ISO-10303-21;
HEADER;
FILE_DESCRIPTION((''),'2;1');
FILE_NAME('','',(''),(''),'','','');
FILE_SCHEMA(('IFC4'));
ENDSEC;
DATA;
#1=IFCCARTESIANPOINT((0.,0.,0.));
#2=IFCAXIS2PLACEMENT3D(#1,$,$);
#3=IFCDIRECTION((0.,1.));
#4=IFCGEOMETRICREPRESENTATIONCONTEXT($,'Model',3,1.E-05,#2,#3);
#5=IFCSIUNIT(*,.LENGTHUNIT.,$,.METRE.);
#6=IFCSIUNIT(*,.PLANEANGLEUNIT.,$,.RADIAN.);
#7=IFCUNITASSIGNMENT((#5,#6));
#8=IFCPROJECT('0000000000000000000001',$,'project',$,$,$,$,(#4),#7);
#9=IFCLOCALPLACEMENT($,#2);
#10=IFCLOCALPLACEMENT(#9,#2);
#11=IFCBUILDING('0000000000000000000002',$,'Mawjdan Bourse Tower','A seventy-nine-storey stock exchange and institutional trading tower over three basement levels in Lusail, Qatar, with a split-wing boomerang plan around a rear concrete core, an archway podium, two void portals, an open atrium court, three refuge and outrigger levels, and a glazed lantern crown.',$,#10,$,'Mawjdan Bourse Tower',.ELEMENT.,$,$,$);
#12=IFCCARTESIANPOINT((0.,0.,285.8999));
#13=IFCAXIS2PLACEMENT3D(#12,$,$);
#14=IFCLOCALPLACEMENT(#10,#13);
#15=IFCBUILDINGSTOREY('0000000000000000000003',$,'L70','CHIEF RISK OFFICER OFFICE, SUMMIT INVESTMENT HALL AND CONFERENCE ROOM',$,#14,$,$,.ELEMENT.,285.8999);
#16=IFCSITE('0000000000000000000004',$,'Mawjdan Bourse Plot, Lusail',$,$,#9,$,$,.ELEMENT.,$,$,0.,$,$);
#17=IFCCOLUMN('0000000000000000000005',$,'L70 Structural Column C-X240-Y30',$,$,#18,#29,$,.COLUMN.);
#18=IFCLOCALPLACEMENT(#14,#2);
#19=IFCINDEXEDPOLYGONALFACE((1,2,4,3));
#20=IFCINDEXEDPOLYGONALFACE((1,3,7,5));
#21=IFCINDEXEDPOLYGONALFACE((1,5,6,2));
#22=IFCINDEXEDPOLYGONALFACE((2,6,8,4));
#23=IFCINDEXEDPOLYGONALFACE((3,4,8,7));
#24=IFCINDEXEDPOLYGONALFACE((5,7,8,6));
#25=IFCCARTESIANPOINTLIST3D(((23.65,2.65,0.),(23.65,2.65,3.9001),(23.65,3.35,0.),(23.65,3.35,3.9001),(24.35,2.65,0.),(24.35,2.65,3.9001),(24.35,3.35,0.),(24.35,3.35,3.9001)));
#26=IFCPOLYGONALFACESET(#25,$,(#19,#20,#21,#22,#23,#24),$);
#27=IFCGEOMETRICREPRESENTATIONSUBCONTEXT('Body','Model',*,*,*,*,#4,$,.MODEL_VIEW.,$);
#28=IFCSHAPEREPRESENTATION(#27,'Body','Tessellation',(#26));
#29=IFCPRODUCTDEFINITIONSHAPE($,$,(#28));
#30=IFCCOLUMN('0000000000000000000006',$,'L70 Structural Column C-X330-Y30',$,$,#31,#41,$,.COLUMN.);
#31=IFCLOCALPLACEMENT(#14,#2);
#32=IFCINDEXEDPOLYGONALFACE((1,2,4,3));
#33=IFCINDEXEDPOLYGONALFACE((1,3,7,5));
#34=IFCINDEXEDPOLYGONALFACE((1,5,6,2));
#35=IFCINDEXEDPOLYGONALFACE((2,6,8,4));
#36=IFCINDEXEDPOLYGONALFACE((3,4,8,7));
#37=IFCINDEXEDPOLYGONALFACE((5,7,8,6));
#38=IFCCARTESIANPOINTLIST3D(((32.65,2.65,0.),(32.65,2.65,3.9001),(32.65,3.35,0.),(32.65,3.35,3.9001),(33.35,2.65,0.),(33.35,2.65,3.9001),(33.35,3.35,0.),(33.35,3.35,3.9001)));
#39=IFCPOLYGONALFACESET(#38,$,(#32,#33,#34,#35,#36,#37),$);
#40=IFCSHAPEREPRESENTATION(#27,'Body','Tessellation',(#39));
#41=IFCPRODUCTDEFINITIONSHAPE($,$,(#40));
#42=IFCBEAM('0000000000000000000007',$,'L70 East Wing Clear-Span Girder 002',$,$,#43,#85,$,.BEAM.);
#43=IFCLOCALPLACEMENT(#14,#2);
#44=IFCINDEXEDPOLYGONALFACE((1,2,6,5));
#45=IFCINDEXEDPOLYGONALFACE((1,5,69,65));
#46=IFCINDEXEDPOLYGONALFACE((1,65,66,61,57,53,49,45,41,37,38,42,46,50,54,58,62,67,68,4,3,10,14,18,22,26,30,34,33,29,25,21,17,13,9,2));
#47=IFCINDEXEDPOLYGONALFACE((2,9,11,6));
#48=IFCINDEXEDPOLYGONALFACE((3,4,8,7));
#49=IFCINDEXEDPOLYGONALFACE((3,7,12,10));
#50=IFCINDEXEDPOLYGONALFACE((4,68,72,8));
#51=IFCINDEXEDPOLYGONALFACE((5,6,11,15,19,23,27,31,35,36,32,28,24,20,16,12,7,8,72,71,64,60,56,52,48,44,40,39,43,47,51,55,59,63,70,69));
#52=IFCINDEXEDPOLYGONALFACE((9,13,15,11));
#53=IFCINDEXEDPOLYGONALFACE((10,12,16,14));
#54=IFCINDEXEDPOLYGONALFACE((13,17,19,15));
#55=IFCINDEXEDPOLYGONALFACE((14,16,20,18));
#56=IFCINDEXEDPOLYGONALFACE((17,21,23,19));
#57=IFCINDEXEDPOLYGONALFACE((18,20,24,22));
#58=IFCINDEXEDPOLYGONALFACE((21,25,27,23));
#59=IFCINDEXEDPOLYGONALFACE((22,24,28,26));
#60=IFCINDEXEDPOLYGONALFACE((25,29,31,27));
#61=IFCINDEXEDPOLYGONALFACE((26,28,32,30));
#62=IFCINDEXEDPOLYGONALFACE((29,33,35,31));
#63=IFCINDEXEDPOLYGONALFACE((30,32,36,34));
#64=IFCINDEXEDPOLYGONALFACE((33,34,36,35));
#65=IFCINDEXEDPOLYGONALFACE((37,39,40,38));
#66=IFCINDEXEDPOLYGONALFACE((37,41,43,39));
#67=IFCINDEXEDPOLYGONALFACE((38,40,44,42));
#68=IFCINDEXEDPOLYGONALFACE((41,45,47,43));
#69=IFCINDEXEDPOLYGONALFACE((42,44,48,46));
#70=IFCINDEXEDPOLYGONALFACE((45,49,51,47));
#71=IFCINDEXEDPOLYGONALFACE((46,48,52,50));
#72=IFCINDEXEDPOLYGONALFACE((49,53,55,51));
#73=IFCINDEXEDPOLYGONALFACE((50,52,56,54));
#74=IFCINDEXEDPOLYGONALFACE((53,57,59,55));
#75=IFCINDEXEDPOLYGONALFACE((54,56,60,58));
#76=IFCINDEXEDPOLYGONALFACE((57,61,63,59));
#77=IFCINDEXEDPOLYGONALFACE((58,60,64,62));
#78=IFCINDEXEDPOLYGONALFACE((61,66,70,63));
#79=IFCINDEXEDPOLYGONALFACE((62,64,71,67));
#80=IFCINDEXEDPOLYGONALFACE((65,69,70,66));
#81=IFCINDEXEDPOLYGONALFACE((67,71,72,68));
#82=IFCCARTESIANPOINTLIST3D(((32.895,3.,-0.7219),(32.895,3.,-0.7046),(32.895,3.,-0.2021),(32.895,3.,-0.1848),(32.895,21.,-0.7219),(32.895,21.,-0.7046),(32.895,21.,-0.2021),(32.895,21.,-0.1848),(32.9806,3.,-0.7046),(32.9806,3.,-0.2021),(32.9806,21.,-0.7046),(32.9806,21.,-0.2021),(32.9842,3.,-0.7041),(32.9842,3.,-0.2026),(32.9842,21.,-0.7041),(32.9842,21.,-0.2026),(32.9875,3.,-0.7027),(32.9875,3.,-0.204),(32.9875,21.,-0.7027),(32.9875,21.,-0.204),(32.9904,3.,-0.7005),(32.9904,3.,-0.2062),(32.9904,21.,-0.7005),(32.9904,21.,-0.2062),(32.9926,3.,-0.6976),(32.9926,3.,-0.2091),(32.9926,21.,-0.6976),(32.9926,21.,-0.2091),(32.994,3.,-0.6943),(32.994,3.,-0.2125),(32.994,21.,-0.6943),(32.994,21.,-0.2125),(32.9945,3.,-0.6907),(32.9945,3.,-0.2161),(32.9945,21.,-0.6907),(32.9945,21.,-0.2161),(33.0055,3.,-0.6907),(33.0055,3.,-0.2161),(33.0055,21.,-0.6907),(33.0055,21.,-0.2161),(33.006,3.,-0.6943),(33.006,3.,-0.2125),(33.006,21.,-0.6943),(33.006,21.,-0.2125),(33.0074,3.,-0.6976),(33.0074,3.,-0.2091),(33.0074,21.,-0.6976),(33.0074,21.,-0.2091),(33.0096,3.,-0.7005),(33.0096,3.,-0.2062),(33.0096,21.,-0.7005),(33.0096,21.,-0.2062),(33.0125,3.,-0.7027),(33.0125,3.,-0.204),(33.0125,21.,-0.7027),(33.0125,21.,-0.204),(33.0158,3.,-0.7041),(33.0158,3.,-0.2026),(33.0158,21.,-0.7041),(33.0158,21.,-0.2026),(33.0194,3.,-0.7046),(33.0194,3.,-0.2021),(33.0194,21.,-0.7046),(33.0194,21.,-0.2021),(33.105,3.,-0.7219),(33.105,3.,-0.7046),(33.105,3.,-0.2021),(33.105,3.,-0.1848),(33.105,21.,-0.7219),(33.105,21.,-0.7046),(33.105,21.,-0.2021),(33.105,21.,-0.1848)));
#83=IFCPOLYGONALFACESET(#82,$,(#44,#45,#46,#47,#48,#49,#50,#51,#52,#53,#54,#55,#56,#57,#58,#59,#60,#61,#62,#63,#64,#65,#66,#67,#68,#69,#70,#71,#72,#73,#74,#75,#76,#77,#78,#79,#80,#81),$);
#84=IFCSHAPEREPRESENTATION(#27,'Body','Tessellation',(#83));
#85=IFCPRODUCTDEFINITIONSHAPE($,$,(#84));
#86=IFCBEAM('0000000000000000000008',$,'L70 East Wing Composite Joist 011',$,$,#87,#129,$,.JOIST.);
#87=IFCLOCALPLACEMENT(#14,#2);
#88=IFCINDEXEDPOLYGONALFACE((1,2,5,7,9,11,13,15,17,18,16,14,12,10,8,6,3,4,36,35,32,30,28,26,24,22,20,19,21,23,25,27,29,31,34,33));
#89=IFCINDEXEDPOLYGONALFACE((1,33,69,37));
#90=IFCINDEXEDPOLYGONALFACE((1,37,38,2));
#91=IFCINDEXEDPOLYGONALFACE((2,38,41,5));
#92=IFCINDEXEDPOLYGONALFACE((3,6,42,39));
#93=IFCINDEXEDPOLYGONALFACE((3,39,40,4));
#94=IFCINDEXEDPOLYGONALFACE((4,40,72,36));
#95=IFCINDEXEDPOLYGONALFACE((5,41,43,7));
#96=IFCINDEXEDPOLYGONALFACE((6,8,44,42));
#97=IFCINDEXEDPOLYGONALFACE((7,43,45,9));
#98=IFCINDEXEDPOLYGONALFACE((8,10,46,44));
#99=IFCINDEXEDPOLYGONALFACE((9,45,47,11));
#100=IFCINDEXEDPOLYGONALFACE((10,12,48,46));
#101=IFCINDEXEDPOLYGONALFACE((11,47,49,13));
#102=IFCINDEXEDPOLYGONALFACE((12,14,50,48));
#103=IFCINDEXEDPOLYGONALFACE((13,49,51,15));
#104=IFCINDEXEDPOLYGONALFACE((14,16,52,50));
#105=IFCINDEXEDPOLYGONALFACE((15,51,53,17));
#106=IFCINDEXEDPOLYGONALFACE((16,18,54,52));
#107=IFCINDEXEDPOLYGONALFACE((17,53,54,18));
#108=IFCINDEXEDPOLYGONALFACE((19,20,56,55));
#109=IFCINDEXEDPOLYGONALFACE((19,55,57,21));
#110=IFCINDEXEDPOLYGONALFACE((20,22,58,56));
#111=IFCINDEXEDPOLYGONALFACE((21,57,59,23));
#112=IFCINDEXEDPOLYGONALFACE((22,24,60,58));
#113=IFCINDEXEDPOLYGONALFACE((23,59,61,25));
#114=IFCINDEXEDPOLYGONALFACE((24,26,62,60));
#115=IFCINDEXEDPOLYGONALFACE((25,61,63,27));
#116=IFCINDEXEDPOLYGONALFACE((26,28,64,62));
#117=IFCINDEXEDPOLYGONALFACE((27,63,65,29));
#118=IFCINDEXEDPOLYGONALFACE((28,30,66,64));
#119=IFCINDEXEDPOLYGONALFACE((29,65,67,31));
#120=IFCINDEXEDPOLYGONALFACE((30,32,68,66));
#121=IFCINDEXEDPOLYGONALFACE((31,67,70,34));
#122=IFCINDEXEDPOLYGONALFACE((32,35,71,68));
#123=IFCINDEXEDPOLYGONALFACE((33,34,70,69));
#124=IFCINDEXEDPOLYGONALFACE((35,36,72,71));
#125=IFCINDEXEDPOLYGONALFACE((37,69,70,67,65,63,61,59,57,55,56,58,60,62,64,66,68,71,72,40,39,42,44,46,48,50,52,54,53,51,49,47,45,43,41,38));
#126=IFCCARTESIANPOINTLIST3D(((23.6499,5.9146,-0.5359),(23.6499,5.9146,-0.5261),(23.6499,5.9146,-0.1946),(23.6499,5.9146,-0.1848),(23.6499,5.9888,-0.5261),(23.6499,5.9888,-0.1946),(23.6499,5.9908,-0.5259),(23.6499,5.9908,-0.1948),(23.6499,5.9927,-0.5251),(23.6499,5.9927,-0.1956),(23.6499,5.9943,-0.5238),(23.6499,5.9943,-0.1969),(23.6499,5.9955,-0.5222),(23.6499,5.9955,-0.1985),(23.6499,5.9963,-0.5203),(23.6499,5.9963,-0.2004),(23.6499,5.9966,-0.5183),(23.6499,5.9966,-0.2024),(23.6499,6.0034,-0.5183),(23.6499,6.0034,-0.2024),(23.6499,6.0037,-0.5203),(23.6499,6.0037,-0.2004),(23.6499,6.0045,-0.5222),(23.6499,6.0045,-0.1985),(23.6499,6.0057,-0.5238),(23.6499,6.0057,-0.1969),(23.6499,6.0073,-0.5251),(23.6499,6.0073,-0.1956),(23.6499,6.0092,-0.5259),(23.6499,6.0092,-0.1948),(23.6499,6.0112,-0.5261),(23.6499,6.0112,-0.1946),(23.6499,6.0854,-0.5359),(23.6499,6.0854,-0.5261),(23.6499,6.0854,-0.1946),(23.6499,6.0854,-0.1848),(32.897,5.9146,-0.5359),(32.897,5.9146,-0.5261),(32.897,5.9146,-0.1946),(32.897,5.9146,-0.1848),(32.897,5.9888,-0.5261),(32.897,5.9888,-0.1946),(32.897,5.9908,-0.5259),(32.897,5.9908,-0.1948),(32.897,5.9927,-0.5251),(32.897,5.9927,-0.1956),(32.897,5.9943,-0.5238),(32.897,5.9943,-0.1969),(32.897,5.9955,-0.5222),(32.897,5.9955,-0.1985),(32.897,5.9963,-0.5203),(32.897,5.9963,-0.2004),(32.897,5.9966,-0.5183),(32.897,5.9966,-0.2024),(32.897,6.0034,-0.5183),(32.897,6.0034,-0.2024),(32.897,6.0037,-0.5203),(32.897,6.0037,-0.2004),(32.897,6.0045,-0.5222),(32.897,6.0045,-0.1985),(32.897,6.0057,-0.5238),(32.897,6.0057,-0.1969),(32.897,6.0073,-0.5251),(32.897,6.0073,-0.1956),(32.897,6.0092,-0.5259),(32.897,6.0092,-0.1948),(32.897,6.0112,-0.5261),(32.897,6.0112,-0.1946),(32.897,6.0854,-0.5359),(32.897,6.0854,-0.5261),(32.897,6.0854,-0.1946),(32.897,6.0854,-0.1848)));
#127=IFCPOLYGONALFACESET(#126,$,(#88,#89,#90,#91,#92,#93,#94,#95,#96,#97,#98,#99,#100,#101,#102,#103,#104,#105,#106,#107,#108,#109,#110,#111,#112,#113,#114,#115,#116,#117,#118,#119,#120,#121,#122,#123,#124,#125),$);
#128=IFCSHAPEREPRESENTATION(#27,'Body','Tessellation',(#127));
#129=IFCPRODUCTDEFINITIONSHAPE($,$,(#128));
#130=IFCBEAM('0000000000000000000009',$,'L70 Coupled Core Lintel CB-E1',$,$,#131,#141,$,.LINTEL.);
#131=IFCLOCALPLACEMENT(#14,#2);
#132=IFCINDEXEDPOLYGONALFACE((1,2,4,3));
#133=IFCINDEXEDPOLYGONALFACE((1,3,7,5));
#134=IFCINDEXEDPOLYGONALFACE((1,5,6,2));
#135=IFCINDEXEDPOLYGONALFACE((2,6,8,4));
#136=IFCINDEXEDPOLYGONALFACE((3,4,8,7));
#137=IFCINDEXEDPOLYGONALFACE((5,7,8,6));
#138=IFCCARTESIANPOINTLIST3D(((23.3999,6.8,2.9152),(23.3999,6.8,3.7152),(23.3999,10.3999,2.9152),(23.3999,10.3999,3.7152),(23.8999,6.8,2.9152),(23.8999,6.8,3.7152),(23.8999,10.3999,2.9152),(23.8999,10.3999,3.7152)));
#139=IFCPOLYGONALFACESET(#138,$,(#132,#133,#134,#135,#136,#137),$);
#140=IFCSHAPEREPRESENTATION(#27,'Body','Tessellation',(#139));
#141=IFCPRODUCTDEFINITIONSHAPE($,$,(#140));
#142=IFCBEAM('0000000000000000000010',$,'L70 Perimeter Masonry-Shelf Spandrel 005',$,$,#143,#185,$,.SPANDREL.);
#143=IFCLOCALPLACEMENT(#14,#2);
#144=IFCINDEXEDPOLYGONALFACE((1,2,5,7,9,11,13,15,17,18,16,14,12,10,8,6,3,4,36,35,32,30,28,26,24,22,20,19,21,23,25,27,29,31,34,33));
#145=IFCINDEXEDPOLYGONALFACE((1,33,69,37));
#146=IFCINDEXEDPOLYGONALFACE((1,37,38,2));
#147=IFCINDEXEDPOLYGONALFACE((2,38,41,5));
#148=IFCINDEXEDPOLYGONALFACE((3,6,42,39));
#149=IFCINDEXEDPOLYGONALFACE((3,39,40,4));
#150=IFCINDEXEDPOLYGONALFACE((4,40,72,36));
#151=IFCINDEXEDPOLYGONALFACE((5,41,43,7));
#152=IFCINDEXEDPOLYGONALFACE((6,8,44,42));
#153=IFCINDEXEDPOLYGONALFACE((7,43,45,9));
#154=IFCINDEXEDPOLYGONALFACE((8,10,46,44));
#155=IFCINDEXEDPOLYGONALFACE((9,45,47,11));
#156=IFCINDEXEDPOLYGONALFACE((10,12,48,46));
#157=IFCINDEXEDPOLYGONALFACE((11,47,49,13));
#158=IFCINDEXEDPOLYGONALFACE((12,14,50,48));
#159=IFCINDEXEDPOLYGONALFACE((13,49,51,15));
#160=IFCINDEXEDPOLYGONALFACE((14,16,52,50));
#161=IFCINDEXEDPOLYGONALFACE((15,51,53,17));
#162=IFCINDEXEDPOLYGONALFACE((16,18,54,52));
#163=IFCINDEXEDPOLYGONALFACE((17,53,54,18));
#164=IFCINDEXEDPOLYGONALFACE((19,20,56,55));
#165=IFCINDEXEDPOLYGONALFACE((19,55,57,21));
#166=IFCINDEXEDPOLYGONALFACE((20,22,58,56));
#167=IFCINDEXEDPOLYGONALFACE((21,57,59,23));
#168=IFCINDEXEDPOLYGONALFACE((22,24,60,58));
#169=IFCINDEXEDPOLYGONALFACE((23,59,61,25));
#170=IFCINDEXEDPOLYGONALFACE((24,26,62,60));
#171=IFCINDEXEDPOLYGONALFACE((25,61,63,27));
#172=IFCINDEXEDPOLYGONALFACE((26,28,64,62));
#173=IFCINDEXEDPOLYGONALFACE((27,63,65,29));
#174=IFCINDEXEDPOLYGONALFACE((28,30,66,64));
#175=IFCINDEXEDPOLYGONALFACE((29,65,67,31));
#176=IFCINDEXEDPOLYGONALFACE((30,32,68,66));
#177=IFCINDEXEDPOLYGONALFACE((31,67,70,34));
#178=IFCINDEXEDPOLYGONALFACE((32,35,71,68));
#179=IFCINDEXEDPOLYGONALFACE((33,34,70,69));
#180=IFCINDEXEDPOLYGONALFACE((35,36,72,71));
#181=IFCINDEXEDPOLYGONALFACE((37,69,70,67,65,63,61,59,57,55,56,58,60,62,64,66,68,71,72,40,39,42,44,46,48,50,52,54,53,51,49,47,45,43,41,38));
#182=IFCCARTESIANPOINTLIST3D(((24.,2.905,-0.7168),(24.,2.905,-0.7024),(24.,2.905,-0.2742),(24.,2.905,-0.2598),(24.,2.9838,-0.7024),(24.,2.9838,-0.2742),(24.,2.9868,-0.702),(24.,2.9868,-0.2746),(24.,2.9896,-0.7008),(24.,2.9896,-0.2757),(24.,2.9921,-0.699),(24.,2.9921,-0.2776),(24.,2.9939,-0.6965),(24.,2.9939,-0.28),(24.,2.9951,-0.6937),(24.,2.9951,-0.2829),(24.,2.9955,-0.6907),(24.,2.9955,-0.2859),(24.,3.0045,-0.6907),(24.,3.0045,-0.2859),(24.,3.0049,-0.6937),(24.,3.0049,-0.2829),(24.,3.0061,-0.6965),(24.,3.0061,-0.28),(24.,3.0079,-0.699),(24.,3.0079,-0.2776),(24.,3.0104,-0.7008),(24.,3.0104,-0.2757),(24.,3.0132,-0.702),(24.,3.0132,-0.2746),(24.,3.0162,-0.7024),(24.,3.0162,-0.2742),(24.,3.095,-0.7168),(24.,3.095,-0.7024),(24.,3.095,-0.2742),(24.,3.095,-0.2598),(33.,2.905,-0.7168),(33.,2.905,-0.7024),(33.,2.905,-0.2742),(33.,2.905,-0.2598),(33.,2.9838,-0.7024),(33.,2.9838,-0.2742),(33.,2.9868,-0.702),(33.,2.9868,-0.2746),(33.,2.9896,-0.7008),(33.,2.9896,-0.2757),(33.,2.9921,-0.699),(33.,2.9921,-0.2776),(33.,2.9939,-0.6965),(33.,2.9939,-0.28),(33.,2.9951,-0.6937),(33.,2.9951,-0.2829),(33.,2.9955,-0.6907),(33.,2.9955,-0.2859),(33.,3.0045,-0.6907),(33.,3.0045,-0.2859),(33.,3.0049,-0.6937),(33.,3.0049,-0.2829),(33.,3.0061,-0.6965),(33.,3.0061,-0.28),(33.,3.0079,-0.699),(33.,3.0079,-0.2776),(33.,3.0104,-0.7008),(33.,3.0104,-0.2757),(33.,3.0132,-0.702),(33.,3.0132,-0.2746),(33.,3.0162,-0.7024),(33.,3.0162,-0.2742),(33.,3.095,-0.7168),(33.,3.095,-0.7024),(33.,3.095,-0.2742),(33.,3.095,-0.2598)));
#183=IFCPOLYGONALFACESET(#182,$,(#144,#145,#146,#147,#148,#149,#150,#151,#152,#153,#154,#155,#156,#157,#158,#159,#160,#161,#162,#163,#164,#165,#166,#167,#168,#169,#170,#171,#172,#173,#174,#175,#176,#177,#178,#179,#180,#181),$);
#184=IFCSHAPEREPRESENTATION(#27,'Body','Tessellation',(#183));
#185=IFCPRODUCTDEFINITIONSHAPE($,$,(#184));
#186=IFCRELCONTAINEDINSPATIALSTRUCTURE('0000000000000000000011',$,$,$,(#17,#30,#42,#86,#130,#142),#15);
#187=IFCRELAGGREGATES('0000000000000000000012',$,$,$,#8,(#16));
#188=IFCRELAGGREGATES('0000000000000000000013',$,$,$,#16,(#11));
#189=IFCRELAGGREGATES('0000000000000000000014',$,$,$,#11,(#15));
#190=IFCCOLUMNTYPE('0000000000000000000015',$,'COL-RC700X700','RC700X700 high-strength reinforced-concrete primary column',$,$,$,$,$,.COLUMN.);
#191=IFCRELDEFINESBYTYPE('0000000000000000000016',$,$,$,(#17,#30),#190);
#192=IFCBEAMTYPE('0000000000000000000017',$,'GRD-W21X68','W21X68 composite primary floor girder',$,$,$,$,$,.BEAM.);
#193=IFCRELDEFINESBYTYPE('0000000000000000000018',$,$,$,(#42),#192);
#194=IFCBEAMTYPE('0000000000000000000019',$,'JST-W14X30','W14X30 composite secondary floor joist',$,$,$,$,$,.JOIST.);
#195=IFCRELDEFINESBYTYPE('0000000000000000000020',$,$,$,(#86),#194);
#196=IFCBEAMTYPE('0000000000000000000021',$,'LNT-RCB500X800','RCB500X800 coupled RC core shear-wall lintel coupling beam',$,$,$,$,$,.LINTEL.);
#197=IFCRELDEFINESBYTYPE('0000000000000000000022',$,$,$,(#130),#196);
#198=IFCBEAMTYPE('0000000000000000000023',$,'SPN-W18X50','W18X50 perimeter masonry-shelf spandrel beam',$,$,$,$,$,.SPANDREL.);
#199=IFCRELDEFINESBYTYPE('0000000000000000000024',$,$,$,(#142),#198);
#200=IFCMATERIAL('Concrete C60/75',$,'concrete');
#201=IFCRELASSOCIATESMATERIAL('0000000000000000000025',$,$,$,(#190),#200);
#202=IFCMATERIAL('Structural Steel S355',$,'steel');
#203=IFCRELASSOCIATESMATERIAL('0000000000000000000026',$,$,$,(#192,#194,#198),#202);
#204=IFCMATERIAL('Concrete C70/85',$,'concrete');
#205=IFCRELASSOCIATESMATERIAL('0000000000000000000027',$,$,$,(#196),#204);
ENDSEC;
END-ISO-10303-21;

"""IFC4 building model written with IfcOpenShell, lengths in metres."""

from ifc_helpers import new_model, si_unit, direction, frame, origin, origin_2d, place, context, subcontext, project, spatial, rectangle, i_section, extrude, material, material_profile, profile_set, type_object, element, save


model = new_model("IFC4")

# Units and contexts
model_context = context("Model", 3, precision=1e-05, world=origin(), true_north=direction((0.0, 1.0)))
body_context = subcontext(model_context, "Body", "Model", "MODEL_VIEW")
ifc_project = project(units=[si_unit("LENGTHUNIT", "METRE"), si_unit("PLANEANGLEUNIT", "RADIAN")], contexts=[model_context])

# Site, building, storey
site_placement = place(None, origin())
site = spatial("IfcSite", under=ifc_project, at=site_placement, Name="Mawjdan Bourse Plot, Lusail", CompositionType="ELEMENT", RefElevation=0.0)
building_placement = place(site_placement, origin())
building = spatial("IfcBuilding", under=site, at=building_placement, Name="Mawjdan Bourse Tower", Description="A seventy-nine-storey stock exchange and institutional trading tower over three basement levels in Lusail, Qatar, with a split-wing boomerang plan around a rear concrete core, an archway podium, two void portals, an open atrium court, three refuge and outrigger levels, and a glazed lantern crown.", LongName="Mawjdan Bourse Tower", CompositionType="ELEMENT")
storey_placement = place(building_placement, frame((0.0, 0.0, 285.8999)))
storey = spatial("IfcBuildingStorey", under=building, at=storey_placement, Name="L70", Description="CHIEF RISK OFFICER OFFICE, SUMMIT INVESTMENT HALL AND CONFERENCE ROOM", CompositionType="ELEMENT", Elevation=285.8999)

# Columns
ifc_material_1 = material(Name="Concrete C60/75", Category="concrete")
ifc_material_profile_1 = material_profile(ifc_material_1, rectangle(XDim=0.7, YDim=0.7, at=origin_2d()), Name="RC700X700")
ifc_profile_set_1 = profile_set([ifc_material_profile_1], Name="Concrete C60/75")
column_type = type_object("IfcColumnType", Name="COL-RC700X700", Description="RC700X700 high-strength reinforced-concrete primary column", PredefinedType="COLUMN", material=ifc_profile_set_1)
for number, where, z_axis, x_axis, name in (
    (1, (24.0, 3.0, 0.0), (0.0, 0.0, 1.0), (1.0, 0.0, 0.0), "L70 Structural Column C-X240-Y30"),
    (2, (33.0, 3.0, 0.0), (0.0, 0.0, 1.0), (1.0, 0.0, 0.0), "L70 Structural Column C-X330-Y30"),
):
    element("IfcColumn", number, at=place(storey_placement, frame(where, z_axis=z_axis, x_axis=x_axis)), inside=storey, type_object=column_type, Name=name, PredefinedType="COLUMN", context=body_context, shape_type="SweptSolid", body=[
        extrude(rectangle(XDim=0.7, YDim=0.7, at=origin_2d()), origin(), (0.0, 0.0, 1.0), 3.9001),
    ])

# Beams
ifc_material_2 = material(Name="Structural Steel S355", Category="steel")
ifc_material_profile_2 = material_profile(ifc_material_2, i_section(OverallWidth=0.21, OverallDepth=0.5371, WebThickness=0.011, FlangeThickness=0.0173, FilletRadius=0.0139, at=origin_2d()), Name="W21X68")
ifc_profile_set_2 = profile_set([ifc_material_profile_2], Name="Structural Steel S355")
beam_type_1 = type_object("IfcBeamType", Name="GRD-W21X68", Description="W21X68 composite primary floor girder", PredefinedType="BEAM", material=ifc_profile_set_2)
beam_1_placement = place(storey_placement, frame((33.0, 3.0, -0.4534), z_axis=(0.0, 1.0, 0.0), x_axis=(-1.0, 0.0, 0.0)))
element("IfcBeam", 3, at=beam_1_placement, inside=storey, type_object=beam_type_1, Name="L70 East Wing Clear-Span Girder 002", PredefinedType="BEAM", context=body_context, shape_type="SweptSolid", body=[
    extrude(i_section(OverallWidth=0.21, OverallDepth=0.5371, WebThickness=0.011, FlangeThickness=0.0173, FilletRadius=0.0139, at=origin_2d()), origin(), (0.0, 0.0, 1.0), 18.0),
])
ifc_material_profile_3 = material_profile(ifc_material_2, i_section(OverallWidth=0.1709, OverallDepth=0.3511, WebThickness=0.0068, FlangeThickness=0.0098, FilletRadius=0.0078, at=origin_2d()), Name="W14X30")
ifc_profile_set_3 = profile_set([ifc_material_profile_3], Name="Structural Steel S355")
beam_type_2 = type_object("IfcBeamType", Name="JST-W14X30", Description="W14X30 composite secondary floor joist", PredefinedType="JOIST", material=ifc_profile_set_3)
beam_2_placement = place(storey_placement, frame((23.6499, 6.0, -0.3604), z_axis=(1.0, 0.0, 0.0), x_axis=(0.0, 1.0, 0.0)))
element("IfcBeam", 4, at=beam_2_placement, inside=storey, type_object=beam_type_2, Name="L70 East Wing Composite Joist 011", PredefinedType="JOIST", context=body_context, shape_type="SweptSolid", body=[
    extrude(i_section(OverallWidth=0.1709, OverallDepth=0.3511, WebThickness=0.0068, FlangeThickness=0.0098, FilletRadius=0.0078, at=origin_2d()), origin(), (0.0, 0.0, 1.0), 9.2471),
])
ifc_material_3 = material(Name="Concrete C70/85", Category="concrete")
ifc_material_profile_4 = material_profile(ifc_material_3, rectangle(XDim=0.5, YDim=0.8, at=origin_2d()), Name="RCB500X800")
ifc_profile_set_4 = profile_set([ifc_material_profile_4], Name="Concrete C70/85")
beam_type_3 = type_object("IfcBeamType", Name="LNT-RCB500X800", Description="RCB500X800 coupled RC core shear-wall lintel coupling beam", PredefinedType="LINTEL", material=ifc_profile_set_4)
beam_3_placement = place(storey_placement, frame((23.6499, 6.8, 3.3152), z_axis=(0.0, 1.0, 0.0), x_axis=(-1.0, 0.0, 0.0)))
element("IfcBeam", 5, at=beam_3_placement, inside=storey, type_object=beam_type_3, Name="L70 Coupled Core Lintel CB-E1", PredefinedType="LINTEL", context=body_context, shape_type="SweptSolid", body=[
    extrude(rectangle(XDim=0.5, YDim=0.8, at=origin_2d()), origin(), (0.0, 0.0, 1.0), 3.5999),
])
ifc_material_profile_5 = material_profile(ifc_material_2, i_section(OverallWidth=0.1899, OverallDepth=0.457, WebThickness=0.009, FlangeThickness=0.0144, FilletRadius=0.0117, at=origin_2d()), Name="W18X50")
ifc_profile_set_5 = profile_set([ifc_material_profile_5], Name="Structural Steel S355")
beam_type_4 = type_object("IfcBeamType", Name="SPN-W18X50", Description="W18X50 perimeter masonry-shelf spandrel beam", PredefinedType="SPANDREL", material=ifc_profile_set_5)
beam_4_placement = place(storey_placement, frame((24.0, 3.0, -0.4883), z_axis=(1.0, 0.0, 0.0), x_axis=(0.0, 1.0, 0.0)))
element("IfcBeam", 6, at=beam_4_placement, inside=storey, type_object=beam_type_4, Name="L70 Perimeter Masonry-Shelf Spandrel 005", PredefinedType="SPANDREL", context=body_context, shape_type="SweptSolid", body=[
    extrude(i_section(OverallWidth=0.1899, OverallDepth=0.457, WebThickness=0.009, FlangeThickness=0.0144, FilletRadius=0.0117, at=origin_2d()), origin(), (0.0, 0.0, 1.0), 9.0),
])

save(model, "model.ifc")
